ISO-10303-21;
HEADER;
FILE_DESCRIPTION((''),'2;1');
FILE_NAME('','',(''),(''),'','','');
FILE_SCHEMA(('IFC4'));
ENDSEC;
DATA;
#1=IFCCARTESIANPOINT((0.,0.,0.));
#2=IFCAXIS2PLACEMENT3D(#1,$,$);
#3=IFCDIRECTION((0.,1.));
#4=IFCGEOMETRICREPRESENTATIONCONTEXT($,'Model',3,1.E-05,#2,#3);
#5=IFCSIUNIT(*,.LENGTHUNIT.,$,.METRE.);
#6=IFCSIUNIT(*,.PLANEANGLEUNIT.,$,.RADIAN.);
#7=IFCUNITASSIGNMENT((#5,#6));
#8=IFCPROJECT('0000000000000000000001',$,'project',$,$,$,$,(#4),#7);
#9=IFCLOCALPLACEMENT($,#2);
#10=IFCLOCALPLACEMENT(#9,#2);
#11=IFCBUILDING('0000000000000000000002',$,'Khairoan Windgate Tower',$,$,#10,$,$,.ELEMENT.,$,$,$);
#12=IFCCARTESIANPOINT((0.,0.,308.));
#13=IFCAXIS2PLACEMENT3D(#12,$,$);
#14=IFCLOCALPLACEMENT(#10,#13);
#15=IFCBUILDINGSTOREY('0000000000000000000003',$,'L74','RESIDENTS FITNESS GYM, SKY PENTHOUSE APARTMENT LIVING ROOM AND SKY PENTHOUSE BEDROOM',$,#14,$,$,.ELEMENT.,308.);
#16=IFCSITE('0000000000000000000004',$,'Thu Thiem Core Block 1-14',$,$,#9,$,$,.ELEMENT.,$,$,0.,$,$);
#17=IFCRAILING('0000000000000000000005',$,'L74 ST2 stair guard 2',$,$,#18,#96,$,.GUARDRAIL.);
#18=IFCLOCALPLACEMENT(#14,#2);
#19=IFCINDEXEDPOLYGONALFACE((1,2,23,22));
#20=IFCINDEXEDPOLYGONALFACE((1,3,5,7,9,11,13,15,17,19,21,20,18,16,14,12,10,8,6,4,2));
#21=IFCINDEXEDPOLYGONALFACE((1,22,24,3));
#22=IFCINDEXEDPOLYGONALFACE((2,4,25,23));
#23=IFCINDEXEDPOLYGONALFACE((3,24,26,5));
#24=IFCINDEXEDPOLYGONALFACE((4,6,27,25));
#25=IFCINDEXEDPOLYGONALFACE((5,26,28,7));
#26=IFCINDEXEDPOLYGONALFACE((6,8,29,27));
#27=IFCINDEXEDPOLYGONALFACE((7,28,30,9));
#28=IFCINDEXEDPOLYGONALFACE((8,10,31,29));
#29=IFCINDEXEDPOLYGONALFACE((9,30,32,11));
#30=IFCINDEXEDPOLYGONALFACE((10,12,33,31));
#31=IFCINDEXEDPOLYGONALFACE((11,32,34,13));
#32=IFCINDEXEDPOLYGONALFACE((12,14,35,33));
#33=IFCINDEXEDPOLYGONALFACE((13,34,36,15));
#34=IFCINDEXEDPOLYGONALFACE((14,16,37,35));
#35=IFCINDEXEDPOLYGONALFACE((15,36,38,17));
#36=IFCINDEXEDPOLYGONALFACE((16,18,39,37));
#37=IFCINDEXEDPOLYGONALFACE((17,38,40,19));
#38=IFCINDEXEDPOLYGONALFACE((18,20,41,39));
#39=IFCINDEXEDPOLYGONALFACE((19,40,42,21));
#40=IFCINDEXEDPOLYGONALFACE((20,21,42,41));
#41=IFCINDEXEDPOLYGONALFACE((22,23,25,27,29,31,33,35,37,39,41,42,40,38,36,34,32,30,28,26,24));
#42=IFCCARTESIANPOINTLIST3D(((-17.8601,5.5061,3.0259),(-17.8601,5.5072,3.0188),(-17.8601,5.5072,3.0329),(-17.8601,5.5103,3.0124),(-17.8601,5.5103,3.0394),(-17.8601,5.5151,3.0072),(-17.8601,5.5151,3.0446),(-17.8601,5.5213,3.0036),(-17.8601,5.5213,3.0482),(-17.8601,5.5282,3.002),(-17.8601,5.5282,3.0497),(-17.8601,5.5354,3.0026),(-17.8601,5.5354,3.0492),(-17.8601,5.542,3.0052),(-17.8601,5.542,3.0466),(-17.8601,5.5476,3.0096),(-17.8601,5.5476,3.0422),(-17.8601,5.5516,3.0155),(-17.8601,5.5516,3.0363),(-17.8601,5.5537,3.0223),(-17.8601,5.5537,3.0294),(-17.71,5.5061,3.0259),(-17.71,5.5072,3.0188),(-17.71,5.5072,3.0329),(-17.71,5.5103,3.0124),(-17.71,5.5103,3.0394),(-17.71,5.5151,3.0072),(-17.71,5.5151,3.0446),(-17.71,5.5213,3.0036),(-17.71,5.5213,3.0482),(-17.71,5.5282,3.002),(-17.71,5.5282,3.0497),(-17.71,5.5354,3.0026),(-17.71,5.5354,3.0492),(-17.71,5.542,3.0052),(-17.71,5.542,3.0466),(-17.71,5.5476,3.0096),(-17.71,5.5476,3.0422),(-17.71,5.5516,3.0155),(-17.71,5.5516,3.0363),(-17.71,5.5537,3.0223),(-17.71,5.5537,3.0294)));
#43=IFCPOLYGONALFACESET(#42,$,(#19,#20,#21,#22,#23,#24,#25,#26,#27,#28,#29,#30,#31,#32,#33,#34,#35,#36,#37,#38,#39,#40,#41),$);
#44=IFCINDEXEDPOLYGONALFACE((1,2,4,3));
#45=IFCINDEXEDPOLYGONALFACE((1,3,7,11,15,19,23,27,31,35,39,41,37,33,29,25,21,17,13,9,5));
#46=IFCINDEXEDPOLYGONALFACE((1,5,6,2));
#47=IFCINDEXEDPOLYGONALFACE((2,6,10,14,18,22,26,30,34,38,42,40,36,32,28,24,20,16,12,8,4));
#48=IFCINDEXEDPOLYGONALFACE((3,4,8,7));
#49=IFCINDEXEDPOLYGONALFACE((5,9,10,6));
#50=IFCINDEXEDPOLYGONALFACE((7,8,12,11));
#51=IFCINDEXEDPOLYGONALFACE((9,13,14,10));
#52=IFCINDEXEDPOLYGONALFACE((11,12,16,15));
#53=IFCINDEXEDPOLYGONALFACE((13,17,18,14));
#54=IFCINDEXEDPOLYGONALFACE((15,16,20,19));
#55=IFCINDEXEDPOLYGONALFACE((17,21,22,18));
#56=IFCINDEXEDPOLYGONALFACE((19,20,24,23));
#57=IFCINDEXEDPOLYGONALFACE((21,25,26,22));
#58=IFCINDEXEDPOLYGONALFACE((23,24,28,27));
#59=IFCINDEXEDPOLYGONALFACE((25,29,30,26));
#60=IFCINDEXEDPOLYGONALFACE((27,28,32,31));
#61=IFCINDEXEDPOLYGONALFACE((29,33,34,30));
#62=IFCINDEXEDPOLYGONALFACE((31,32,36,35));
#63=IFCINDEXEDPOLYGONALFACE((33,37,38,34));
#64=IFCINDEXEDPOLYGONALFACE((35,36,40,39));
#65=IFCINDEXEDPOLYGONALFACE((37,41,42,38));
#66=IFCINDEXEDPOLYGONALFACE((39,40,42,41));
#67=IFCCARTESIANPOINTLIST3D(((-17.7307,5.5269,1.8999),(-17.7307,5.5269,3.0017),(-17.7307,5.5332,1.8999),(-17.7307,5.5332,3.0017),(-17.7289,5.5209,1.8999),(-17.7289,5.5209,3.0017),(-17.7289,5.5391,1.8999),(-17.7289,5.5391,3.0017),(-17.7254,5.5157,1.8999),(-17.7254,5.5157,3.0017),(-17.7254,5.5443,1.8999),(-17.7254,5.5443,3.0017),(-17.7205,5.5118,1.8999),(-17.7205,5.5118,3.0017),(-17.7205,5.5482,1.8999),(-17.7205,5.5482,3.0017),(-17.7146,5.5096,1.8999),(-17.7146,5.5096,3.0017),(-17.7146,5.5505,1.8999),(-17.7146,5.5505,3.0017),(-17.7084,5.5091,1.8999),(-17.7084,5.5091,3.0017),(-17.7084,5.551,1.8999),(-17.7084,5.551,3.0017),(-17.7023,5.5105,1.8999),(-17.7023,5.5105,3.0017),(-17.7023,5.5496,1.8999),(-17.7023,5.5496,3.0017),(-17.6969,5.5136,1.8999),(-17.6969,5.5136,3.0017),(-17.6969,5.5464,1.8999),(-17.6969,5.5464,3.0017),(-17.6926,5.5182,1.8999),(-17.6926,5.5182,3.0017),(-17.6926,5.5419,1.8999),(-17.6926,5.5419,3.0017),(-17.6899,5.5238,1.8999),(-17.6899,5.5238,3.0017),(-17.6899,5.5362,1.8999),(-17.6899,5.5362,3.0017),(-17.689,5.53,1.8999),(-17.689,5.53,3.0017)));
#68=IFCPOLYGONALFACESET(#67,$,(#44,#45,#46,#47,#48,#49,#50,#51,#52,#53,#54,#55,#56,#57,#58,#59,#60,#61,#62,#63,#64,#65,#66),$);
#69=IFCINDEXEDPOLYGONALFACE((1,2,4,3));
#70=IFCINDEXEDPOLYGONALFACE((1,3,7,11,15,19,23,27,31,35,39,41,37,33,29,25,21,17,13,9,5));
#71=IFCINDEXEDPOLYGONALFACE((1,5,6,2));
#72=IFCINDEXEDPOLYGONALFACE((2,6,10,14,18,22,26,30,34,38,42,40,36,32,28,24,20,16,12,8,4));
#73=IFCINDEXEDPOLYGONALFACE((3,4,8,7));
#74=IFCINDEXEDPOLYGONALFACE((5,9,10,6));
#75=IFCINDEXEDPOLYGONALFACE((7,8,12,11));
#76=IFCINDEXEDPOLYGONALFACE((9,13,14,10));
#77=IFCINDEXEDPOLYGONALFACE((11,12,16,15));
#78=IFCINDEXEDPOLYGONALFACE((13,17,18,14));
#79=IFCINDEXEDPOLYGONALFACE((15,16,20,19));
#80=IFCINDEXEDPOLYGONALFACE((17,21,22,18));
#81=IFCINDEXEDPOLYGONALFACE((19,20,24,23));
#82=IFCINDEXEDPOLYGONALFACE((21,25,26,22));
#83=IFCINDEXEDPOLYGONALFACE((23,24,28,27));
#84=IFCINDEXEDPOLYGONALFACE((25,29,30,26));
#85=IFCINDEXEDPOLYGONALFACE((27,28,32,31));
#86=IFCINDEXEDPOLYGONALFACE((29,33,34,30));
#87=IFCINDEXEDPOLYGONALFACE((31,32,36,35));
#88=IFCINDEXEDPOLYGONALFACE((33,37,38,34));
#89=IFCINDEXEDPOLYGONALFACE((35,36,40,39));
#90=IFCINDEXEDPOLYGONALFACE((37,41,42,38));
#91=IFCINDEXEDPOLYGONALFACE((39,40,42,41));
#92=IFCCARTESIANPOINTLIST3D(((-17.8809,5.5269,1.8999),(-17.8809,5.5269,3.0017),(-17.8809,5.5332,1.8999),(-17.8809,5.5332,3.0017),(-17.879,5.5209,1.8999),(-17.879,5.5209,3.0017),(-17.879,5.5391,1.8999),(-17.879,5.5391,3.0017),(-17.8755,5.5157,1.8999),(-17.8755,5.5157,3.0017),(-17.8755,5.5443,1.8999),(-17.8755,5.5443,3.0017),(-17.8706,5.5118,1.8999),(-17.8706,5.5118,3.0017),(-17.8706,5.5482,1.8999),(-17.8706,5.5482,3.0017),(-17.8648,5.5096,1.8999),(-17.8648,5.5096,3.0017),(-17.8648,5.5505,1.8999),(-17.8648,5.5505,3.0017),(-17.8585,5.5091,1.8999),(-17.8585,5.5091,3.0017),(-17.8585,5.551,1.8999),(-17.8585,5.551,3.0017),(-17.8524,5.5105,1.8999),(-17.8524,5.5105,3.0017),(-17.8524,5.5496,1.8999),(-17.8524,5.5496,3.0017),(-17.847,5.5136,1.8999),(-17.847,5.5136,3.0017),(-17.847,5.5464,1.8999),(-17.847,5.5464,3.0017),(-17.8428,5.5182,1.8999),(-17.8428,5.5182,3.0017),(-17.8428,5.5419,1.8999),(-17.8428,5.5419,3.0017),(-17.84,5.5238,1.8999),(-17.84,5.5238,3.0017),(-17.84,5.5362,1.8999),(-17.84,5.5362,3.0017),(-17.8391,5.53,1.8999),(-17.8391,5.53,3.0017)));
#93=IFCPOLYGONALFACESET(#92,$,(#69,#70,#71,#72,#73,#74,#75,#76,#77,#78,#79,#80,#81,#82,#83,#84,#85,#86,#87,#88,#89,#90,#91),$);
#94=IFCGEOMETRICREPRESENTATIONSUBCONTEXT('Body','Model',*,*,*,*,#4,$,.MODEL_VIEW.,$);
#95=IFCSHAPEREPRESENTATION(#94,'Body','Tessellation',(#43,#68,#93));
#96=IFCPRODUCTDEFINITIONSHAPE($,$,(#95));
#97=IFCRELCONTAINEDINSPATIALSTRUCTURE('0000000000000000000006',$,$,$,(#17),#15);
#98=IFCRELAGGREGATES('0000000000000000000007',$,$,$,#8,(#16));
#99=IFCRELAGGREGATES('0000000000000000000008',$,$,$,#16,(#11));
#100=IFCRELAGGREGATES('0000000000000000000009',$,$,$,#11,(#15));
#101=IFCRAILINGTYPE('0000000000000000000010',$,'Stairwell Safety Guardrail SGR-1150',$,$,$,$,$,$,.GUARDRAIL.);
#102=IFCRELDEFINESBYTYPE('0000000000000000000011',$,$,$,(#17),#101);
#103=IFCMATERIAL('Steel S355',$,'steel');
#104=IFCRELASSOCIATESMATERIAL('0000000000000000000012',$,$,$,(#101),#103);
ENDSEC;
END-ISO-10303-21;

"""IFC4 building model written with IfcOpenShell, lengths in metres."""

from ifc_helpers import new_model, si_unit, direction, frame, origin, origin_2d, place, context, subcontext, project, spatial, circle, extrude, material, type_object, element, save


model = new_model("IFC4")

# Units and contexts
model_context = context("Model", 3, precision=1e-05, world=origin(), true_north=direction((0.0, 1.0)))
body_context = subcontext(model_context, "Body", "Model", "MODEL_VIEW")
ifc_project = project(units=[si_unit("LENGTHUNIT", "METRE"), si_unit("PLANEANGLEUNIT", "RADIAN")], contexts=[model_context])

# Site, building, storey
site_placement = place(None, origin())
site = spatial("IfcSite", under=ifc_project, at=site_placement, Name="Thu Thiem Core Block 1-14", CompositionType="ELEMENT", RefElevation=0.0)
building_placement = place(site_placement, origin())
building = spatial("IfcBuilding", under=site, at=building_placement, Name="Khairoan Windgate Tower", CompositionType="ELEMENT")
storey_placement = place(building_placement, frame((0.0, 0.0, 308.0)))
storey = spatial("IfcBuildingStorey", under=building, at=storey_placement, Name="L74", Description="RESIDENTS FITNESS GYM, SKY PENTHOUSE APARTMENT LIVING ROOM AND SKY PENTHOUSE BEDROOM", CompositionType="ELEMENT", Elevation=308.0)

# Railing
ifc_material_1 = material(Name="Steel S355", Category="steel")
railing_type_1 = type_object("IfcRailingType", Name="Stairwell Safety Guardrail SGR-1150", PredefinedType="GUARDRAIL", material=ifc_material_1)
railing_1_placement = place(storey_placement, frame((-17.71, 5.53, 1.8999)))
element("IfcRailing", 1, at=railing_1_placement, inside=storey, type_object=railing_type_1, Name="L74 ST2 stair guard 2", PredefinedType="GUARDRAIL", context=body_context, shape_type="SweptSolid", body=[
    extrude(circle(Radius=0.0239, at=origin_2d()), frame((0.0, 0.0, 1.126), z_axis=(-1.0, 0.0, 0.0), x_axis=(0.0, -1.0, 0.0)), (0.0, 0.0, 1.0), 0.1501),
    extrude(circle(Radius=0.021, at=origin_2d()), origin(), (0.0, 0.0, 1.0), 1.1018),
    extrude(circle(Radius=0.021, at=origin_2d()), frame((-0.1501, 0.0, 0.0)), (0.0, 0.0, 1.0), 1.1018),
])

save(model, "model.ifc")
